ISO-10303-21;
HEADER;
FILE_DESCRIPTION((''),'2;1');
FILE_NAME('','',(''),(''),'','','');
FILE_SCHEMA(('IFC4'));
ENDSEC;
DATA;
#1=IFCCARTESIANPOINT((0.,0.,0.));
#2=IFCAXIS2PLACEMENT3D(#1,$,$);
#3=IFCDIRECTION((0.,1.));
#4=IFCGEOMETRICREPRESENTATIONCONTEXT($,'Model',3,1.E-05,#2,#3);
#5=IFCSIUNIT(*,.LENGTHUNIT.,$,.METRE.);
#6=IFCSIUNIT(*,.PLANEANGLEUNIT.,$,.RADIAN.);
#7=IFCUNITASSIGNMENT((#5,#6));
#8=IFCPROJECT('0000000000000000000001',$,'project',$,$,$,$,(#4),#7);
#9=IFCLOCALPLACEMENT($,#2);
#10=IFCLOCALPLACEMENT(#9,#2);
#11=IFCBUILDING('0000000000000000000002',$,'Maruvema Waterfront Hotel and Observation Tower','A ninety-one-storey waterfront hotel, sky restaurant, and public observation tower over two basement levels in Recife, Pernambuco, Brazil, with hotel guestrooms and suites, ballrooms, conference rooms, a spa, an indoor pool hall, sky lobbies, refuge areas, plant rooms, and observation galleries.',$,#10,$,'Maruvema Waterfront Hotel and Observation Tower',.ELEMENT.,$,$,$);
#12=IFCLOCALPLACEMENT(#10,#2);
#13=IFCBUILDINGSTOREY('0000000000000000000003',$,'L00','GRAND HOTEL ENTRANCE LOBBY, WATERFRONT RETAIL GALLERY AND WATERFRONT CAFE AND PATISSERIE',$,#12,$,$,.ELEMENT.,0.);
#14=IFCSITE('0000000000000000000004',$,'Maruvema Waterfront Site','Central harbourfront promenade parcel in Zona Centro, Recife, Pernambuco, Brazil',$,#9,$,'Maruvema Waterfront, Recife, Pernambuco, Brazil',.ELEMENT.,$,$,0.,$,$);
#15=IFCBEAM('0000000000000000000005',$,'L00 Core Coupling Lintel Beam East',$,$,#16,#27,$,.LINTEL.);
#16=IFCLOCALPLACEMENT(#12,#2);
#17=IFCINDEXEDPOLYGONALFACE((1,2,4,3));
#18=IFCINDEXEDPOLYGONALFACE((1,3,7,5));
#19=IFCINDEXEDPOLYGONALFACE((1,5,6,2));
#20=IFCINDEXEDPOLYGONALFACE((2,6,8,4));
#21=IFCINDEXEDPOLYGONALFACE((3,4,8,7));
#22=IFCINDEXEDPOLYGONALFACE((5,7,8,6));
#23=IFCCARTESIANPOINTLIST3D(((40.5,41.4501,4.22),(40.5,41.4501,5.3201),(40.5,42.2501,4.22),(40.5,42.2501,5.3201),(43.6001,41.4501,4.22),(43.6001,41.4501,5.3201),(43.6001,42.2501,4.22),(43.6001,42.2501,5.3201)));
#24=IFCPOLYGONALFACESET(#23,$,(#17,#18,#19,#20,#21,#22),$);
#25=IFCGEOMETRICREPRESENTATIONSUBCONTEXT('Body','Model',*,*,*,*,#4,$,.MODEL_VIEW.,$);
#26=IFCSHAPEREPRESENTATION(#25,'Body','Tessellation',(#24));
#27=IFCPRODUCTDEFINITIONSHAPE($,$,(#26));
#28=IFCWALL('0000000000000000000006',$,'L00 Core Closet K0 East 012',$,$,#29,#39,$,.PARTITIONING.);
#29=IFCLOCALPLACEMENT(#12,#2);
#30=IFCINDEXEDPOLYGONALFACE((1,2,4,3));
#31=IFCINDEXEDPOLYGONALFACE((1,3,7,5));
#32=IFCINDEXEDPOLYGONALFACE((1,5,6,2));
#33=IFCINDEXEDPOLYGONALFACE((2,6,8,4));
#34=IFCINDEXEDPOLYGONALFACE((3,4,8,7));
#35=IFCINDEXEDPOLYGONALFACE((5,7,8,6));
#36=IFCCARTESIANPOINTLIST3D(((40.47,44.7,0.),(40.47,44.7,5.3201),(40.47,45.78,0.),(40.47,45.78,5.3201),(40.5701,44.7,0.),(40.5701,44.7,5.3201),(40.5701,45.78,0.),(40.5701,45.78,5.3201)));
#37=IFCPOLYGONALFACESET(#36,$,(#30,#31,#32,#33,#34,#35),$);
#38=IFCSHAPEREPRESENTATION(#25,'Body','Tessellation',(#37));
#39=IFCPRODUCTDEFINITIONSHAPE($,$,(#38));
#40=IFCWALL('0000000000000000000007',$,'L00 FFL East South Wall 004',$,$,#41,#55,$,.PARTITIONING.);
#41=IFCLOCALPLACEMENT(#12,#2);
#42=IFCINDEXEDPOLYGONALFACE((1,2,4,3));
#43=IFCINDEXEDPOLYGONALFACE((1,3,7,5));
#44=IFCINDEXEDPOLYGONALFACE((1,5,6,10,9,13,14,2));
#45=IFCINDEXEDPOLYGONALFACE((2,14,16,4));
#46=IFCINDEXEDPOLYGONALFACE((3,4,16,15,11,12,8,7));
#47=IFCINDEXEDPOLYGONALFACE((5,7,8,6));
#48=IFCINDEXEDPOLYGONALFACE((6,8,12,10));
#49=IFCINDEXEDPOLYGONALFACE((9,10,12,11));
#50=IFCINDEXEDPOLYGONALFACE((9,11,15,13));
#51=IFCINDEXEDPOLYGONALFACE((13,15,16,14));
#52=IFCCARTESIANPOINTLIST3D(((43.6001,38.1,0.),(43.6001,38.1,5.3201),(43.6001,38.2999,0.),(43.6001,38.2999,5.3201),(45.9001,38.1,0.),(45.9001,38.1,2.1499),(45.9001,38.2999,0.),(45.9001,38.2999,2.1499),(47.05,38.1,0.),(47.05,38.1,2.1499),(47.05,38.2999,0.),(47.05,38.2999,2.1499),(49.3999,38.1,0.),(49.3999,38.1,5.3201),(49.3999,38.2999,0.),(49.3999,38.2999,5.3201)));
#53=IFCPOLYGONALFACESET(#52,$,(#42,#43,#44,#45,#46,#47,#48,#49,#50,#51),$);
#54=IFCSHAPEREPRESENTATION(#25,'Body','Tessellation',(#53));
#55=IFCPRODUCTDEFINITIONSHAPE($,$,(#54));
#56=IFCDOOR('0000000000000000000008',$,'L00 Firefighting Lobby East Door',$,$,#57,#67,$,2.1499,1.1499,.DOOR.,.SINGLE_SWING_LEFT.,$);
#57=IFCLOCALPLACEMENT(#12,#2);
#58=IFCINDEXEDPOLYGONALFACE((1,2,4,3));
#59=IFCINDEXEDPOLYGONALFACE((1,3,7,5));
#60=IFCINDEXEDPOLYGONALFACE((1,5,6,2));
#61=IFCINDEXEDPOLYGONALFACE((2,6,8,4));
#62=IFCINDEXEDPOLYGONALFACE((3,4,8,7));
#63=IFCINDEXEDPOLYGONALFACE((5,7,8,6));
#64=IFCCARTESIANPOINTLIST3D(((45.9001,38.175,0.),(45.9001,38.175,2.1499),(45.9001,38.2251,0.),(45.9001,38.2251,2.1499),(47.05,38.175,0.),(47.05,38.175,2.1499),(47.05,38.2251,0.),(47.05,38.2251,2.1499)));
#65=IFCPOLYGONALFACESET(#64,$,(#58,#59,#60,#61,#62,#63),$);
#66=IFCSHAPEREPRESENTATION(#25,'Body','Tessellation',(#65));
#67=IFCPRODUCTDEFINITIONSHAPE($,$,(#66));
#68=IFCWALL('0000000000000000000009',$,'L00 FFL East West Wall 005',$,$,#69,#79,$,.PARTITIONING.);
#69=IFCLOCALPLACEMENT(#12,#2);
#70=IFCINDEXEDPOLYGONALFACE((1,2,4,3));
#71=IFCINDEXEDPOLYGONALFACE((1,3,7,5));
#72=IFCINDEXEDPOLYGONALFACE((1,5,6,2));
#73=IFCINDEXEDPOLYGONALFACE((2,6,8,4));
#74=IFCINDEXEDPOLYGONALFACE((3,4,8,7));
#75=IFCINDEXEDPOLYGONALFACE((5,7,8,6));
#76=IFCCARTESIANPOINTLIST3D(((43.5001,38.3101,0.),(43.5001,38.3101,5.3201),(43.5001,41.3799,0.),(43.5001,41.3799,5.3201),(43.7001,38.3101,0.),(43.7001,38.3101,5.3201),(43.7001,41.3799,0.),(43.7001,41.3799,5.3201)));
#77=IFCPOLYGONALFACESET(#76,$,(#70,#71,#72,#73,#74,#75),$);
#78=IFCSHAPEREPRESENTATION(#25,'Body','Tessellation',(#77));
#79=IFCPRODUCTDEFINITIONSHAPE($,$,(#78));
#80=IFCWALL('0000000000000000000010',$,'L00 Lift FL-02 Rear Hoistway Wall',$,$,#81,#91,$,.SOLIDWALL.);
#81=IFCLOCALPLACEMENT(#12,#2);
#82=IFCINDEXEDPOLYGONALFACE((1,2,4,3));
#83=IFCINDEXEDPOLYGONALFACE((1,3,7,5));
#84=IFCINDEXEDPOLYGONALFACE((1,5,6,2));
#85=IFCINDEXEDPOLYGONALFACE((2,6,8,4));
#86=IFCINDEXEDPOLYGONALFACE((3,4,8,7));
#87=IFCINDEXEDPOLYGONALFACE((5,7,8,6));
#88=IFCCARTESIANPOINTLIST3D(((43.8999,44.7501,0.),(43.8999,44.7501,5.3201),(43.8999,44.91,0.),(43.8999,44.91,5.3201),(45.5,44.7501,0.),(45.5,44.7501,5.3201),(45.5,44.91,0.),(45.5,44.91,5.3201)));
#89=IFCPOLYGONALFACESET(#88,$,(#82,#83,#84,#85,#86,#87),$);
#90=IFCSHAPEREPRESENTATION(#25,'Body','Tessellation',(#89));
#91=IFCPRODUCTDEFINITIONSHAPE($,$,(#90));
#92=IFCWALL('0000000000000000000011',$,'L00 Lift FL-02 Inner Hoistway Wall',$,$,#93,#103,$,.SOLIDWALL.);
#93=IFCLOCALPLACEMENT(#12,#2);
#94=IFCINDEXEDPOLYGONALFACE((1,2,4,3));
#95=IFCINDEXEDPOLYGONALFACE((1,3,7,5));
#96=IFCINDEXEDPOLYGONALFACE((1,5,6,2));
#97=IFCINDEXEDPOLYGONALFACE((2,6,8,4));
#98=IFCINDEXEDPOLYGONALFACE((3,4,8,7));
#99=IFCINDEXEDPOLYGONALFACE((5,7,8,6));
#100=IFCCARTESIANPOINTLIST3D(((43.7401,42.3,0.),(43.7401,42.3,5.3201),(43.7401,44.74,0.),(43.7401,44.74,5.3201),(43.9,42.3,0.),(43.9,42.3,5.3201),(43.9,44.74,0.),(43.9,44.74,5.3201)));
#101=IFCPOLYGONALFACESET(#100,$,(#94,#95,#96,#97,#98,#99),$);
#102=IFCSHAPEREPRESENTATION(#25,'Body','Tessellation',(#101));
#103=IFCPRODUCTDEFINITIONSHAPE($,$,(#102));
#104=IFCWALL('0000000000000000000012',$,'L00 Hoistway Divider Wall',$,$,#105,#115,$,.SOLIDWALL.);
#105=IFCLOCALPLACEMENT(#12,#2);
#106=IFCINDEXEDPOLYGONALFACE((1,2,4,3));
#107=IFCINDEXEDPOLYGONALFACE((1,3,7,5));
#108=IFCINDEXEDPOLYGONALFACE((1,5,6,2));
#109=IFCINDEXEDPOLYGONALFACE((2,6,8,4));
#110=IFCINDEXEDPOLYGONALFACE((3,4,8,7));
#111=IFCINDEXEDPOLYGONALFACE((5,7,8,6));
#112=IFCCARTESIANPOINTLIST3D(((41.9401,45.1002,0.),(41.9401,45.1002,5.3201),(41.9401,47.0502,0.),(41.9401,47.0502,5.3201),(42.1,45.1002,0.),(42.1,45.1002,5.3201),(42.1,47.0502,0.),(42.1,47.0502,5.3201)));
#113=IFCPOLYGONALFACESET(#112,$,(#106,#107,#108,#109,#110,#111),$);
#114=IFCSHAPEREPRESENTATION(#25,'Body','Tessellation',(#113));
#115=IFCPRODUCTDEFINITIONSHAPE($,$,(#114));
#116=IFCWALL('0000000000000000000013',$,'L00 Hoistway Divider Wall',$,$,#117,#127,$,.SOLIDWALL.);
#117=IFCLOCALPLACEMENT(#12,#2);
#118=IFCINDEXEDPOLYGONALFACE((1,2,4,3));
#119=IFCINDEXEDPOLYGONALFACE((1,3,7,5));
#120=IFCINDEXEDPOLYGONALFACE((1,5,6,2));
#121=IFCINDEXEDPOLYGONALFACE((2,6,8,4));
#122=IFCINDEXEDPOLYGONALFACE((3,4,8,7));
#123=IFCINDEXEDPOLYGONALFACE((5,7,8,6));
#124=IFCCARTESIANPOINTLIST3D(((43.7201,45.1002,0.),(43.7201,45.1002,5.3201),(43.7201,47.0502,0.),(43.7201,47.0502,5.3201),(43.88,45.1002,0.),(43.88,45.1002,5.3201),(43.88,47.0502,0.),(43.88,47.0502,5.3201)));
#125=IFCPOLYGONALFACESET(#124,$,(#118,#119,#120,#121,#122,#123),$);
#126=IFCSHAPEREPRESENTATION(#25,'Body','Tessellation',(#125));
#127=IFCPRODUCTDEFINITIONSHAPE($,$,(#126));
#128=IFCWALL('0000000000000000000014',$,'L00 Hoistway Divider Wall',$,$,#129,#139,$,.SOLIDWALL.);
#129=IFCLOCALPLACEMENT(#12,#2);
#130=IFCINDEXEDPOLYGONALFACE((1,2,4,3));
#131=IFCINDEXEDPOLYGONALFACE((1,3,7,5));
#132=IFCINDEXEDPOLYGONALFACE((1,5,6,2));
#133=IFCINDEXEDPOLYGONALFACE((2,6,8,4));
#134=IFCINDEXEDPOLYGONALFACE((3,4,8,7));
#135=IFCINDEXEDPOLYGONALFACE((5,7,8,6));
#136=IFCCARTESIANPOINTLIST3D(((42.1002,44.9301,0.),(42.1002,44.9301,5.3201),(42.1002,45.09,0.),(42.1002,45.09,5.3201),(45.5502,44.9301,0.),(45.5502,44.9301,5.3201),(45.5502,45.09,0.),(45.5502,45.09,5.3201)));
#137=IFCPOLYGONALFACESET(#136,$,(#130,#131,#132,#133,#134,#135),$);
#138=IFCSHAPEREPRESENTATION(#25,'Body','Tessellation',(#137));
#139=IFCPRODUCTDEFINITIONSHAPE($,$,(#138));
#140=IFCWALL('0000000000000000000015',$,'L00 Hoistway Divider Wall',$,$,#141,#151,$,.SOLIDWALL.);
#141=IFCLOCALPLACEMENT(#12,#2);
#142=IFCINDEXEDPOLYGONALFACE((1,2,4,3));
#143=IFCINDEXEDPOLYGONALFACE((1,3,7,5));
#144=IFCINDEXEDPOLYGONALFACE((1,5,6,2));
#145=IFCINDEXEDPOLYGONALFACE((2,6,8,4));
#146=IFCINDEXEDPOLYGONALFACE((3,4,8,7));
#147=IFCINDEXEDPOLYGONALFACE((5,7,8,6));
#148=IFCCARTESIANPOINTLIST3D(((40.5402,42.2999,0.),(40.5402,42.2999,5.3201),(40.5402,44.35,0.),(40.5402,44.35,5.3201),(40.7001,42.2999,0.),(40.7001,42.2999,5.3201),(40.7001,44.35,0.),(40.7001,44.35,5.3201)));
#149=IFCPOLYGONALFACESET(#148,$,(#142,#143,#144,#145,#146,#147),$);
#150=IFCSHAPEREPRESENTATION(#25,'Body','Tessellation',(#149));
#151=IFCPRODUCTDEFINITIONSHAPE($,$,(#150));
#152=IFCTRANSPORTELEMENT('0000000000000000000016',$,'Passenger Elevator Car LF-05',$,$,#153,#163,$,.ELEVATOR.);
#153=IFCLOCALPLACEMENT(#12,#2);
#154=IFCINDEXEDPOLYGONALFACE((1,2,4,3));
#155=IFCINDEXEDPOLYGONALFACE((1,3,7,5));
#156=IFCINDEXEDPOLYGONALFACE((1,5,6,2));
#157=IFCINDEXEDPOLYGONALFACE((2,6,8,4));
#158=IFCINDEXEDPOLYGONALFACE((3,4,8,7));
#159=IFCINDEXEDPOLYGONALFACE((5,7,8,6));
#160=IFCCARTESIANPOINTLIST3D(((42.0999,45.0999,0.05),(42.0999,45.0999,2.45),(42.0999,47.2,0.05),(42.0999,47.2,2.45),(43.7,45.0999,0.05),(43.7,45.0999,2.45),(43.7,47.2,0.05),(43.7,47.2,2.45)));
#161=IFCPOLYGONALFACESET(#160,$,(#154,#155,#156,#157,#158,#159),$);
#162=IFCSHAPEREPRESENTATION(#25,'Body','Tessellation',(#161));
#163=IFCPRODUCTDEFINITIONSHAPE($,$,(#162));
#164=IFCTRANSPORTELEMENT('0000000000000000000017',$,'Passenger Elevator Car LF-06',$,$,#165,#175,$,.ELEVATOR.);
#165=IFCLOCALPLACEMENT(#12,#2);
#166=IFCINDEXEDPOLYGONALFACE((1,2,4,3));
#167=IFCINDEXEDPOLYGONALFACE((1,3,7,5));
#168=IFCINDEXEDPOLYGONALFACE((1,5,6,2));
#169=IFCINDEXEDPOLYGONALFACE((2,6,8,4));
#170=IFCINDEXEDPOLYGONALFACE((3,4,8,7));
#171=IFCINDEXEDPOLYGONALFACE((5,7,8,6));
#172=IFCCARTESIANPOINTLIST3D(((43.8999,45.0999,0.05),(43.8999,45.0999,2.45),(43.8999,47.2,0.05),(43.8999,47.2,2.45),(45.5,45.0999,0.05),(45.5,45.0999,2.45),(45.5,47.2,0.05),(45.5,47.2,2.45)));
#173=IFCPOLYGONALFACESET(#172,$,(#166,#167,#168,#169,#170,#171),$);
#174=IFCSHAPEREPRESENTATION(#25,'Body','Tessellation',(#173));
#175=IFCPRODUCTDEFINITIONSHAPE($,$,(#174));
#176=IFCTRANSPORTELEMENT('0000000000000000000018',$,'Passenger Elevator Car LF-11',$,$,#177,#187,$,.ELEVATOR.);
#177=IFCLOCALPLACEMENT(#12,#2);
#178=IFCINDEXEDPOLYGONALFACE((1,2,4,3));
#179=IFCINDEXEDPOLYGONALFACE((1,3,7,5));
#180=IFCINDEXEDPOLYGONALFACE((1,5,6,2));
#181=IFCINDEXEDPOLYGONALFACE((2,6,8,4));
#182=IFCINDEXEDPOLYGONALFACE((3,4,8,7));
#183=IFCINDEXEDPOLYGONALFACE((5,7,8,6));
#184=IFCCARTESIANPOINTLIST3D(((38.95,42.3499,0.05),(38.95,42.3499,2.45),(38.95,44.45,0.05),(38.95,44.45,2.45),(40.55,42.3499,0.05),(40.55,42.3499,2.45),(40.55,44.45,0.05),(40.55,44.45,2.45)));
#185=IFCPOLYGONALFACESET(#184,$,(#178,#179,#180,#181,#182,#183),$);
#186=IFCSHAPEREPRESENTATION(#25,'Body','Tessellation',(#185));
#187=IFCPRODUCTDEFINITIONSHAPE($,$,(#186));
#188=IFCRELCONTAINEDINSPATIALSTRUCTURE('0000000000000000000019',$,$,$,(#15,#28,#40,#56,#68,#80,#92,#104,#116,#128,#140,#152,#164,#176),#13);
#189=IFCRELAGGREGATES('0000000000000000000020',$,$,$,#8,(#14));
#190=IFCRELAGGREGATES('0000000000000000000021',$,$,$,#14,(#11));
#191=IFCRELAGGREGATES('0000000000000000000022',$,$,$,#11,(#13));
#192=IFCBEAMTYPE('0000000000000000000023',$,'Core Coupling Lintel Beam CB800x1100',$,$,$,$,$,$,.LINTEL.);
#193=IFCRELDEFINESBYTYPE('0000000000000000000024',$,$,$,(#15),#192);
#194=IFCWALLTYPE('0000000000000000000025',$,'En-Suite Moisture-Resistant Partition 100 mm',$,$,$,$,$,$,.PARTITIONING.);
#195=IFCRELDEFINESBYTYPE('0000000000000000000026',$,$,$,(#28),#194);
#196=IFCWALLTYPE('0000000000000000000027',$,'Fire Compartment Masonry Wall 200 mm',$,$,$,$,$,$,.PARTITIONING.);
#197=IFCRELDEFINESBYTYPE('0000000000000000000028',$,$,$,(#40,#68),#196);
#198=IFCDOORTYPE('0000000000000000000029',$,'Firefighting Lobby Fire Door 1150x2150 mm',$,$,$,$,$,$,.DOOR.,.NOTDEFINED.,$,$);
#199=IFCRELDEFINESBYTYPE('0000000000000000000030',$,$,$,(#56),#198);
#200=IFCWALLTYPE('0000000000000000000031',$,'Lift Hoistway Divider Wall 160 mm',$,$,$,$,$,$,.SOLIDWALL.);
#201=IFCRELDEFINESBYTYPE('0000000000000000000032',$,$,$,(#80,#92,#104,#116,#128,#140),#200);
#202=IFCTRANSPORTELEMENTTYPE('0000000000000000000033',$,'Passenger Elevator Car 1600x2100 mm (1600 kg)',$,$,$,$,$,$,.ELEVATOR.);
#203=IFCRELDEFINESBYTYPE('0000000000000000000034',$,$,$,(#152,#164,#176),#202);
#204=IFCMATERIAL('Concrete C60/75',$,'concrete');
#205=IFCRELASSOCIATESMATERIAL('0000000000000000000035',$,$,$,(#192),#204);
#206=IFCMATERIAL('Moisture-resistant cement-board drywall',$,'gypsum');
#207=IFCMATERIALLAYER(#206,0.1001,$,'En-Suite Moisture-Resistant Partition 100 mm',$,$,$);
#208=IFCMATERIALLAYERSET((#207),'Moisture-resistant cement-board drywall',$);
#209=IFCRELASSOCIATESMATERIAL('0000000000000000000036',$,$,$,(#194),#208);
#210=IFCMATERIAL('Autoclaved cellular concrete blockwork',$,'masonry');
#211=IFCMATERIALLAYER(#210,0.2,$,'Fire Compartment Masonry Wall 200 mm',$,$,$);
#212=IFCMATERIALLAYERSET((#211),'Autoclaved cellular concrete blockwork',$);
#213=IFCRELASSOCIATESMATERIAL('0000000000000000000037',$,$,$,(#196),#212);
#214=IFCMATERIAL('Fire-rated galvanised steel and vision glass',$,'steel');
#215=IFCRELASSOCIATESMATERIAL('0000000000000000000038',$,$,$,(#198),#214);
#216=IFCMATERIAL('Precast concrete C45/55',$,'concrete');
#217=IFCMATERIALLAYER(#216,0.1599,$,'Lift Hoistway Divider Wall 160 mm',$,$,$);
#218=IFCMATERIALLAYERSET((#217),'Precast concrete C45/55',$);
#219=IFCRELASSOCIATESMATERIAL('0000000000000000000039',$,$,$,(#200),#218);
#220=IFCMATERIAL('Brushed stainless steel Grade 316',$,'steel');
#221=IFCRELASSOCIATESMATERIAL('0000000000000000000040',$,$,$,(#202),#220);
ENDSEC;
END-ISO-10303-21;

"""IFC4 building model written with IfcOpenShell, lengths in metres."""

from ifc_helpers import new_model, si_unit, direction, frame, frame_2d, origin, origin_2d, place, context, subcontext, project, spatial, rectangle, extrude, material, layer, layer_set, material_profile, profile_set, type_object, element, fill, save


model = new_model("IFC4")

# Units and contexts
model_context = context("Model", 3, precision=1e-05, world=origin(), true_north=direction((0.0, 1.0)))
body_context = subcontext(model_context, "Body", "Model", "MODEL_VIEW")
ifc_project = project(units=[si_unit("LENGTHUNIT", "METRE"), si_unit("PLANEANGLEUNIT", "RADIAN")], contexts=[model_context])

# Site, building, storey
site_placement = place(None, origin())
site = spatial("IfcSite", under=ifc_project, at=site_placement, Name="Maruvema Waterfront Site", Description="Central harbourfront promenade parcel in Zona Centro, Recife, Pernambuco, Brazil", LongName="Maruvema Waterfront, Recife, Pernambuco, Brazil", CompositionType="ELEMENT", RefElevation=0.0)
building_placement = place(site_placement, origin())
building = spatial("IfcBuilding", under=site, at=building_placement, Name="Maruvema Waterfront Hotel and Observation Tower", Description="A ninety-one-storey waterfront hotel, sky restaurant, and public observation tower over two basement levels in Recife, Pernambuco, Brazil, with hotel guestrooms and suites, ballrooms, conference rooms, a spa, an indoor pool hall, sky lobbies, refuge areas, plant rooms, and observation galleries.", LongName="Maruvema Waterfront Hotel and Observation Tower", CompositionType="ELEMENT")
storey_placement = place(building_placement, origin())
storey = spatial("IfcBuildingStorey", under=building, at=storey_placement, Name="L00", Description="GRAND HOTEL ENTRANCE LOBBY, WATERFRONT RETAIL GALLERY AND WATERFRONT CAFE AND PATISSERIE", CompositionType="ELEMENT", Elevation=0.0)

# Beam
ifc_material_1 = material(Name="Concrete C60/75", Category="concrete")
ifc_material_profile = material_profile(ifc_material_1, rectangle(XDim=0.8, YDim=1.1001, at=origin_2d()), Name="CB800x1100")
ifc_profile_set = profile_set([ifc_material_profile], Name="Concrete C60/75")
beam_type = type_object("IfcBeamType", Name="Core Coupling Lintel Beam CB800x1100", PredefinedType="LINTEL", material=ifc_profile_set)
beam_placement = place(storey_placement, frame((40.5, 41.8501, 4.77), z_axis=(1.0, 0.0, 0.0), x_axis=(0.0, 1.0, 0.0)))
element("IfcBeam", 1, at=beam_placement, inside=storey, type_object=beam_type, Name="L00 Core Coupling Lintel Beam East", PredefinedType="LINTEL", context=body_context, shape_type="SweptSolid", body=[
    extrude(rectangle(XDim=0.8, YDim=1.1001, at=origin_2d()), origin(), (0.0, 0.0, 1.0), 3.1001),
])

# Wall
ifc_material_2 = material(Name="Moisture-resistant cement-board drywall", Category="gypsum")
ifc_layer_1 = layer(ifc_material_2, 0.1001, Name="En-Suite Moisture-Resistant Partition 100 mm")
ifc_layer_set_1 = layer_set([ifc_layer_1], Name="Moisture-resistant cement-board drywall")
wall_type_1 = type_object("IfcWallType", Name="En-Suite Moisture-Resistant Partition 100 mm", PredefinedType="PARTITIONING", material=ifc_layer_set_1)
wall_1_placement = place(storey_placement, frame((40.52, 44.7, 0.0), z_axis=(0.0, 0.0, 1.0), x_axis=(0.0, 1.0, 0.0)))
element("IfcWall", 2, at=wall_1_placement, inside=storey, type_object=wall_type_1, Name="L00 Core Closet K0 East 012", PredefinedType="PARTITIONING", context=body_context, shape_type="SweptSolid", body=[
    extrude(rectangle(XDim=1.0801, YDim=0.1001, at=frame_2d((0.54, 0.0))), origin(), (0.0, 0.0, 1.0), 5.3201),
])

# Wall, opening, door
ifc_material_3 = material(Name="Autoclaved cellular concrete blockwork", Category="masonry")
ifc_layer_2 = layer(ifc_material_3, 0.2, Name="Fire Compartment Masonry Wall 200 mm")
ifc_layer_set_2 = layer_set([ifc_layer_2], Name="Autoclaved cellular concrete blockwork")
wall_type_2 = type_object("IfcWallType", Name="Fire Compartment Masonry Wall 200 mm", PredefinedType="PARTITIONING", material=ifc_layer_set_2)
wall_2_placement = place(storey_placement, frame((43.6001, 38.2, 0.0), z_axis=(0.0, 0.0, 1.0), x_axis=(1.0, 0.0, 0.0)))
wall_2 = element("IfcWall", 3, at=wall_2_placement, inside=storey, type_object=wall_type_2, Name="L00 FFL East South Wall 004", PredefinedType="PARTITIONING", context=body_context, shape_type="SweptSolid", body=[
    extrude(rectangle(XDim=5.7998, YDim=0.2, at=frame_2d((2.8999, 0.0))), origin(), (0.0, 0.0, 1.0), 5.3201),
])
opening_1_placement = place(wall_2_placement, frame((2.3, 0.0, 0.0)))
opening_1 = element("IfcOpeningElement", 4, at=opening_1_placement, cuts=wall_2, PredefinedType="OPENING", context=body_context, shape_type="SweptSolid", body=[
    extrude(rectangle(XDim=1.1499, YDim=2.1499, at=frame_2d((0.575, 1.075))), frame((0.0, 0.1099, 0.0), z_axis=(0.0, -1.0, 0.0), x_axis=(1.0, 0.0, 0.0)), (0.0, 0.0, 1.0), 0.22),
])
ifc_material_4 = material(Name="Fire-rated galvanised steel and vision glass", Category="steel")
door_type_1 = type_object("IfcDoorType", Name="Firefighting Lobby Fire Door 1150x2150 mm", OperationType="NOTDEFINED", PredefinedType="DOOR", material=ifc_material_4)
door_1_placement = place(opening_1_placement, frame((1.1499, 0.0, 0.0), z_axis=(0.0, 0.0, 1.0), x_axis=(-1.0, 0.0, 0.0)))
door_1 = element("IfcDoor", 5, at=door_1_placement, inside=storey, type_object=door_type_1, Name="L00 Firefighting Lobby East Door", OperationType="SINGLE_SWING_LEFT", OverallHeight=2.1499, OverallWidth=1.1499, PredefinedType="DOOR", context=body_context, shape_type="SweptSolid", body=[
    extrude(rectangle(XDim=1.1499, YDim=2.1499, at=frame_2d((0.575, 1.075))), frame((0.0, 0.0249, 0.0), z_axis=(0.0, -1.0, 0.0), x_axis=(1.0, 0.0, 0.0)), (0.0, 0.0, 1.0), 0.05),
])
fill(opening_1, door_1)

# Walls
wall_3_placement = place(storey_placement, frame((43.6001, 38.3101, 0.0), z_axis=(0.0, 0.0, 1.0), x_axis=(0.0, 1.0, 0.0)))
element("IfcWall", 6, at=wall_3_placement, inside=storey, type_object=wall_type_2, Name="L00 FFL East West Wall 005", PredefinedType="PARTITIONING", context=body_context, shape_type="SweptSolid", body=[
    extrude(rectangle(XDim=3.0698, YDim=0.2, at=frame_2d((1.5349, 0.0))), origin(), (0.0, 0.0, 1.0), 5.3201),
])
ifc_material_5 = material(Name="Precast concrete C45/55", Category="concrete")
ifc_layer_3 = layer(ifc_material_5, 0.1599, Name="Lift Hoistway Divider Wall 160 mm")
ifc_layer_set_3 = layer_set([ifc_layer_3], Name="Precast concrete C45/55")
wall_type_3 = type_object("IfcWallType", Name="Lift Hoistway Divider Wall 160 mm", PredefinedType="SOLIDWALL", material=ifc_layer_set_3)
wall_4_placement = place(storey_placement, frame((43.8999, 44.8301, 0.0), z_axis=(0.0, 0.0, 1.0), x_axis=(1.0, 0.0, 0.0)))
element("IfcWall", 7, at=wall_4_placement, inside=storey, type_object=wall_type_3, Name="L00 Lift FL-02 Rear Hoistway Wall", PredefinedType="SOLIDWALL", context=body_context, shape_type="SweptSolid", body=[
    extrude(rectangle(XDim=1.6001, YDim=0.1599, at=frame_2d((0.8, 0.0))), origin(), (0.0, 0.0, 1.0), 5.3201),
])
wall_5_placement = place(storey_placement, frame((43.8201, 42.3, 0.0), z_axis=(0.0, 0.0, 1.0), x_axis=(0.0, 1.0, 0.0)))
element("IfcWall", 8, at=wall_5_placement, inside=storey, type_object=wall_type_3, Name="L00 Lift FL-02 Inner Hoistway Wall", PredefinedType="SOLIDWALL", context=body_context, shape_type="SweptSolid", body=[
    extrude(rectangle(XDim=2.4399, YDim=0.1599, at=frame_2d((1.22, 0.0))), origin(), (0.0, 0.0, 1.0), 5.3201),
])
for number, where, z_axis, x_axis, name in (
    (9, (42.02, 45.1001, 0.0), (0.0, 0.0, 1.0), (0.0, 1.0, 0.0), "L00 Hoistway Divider Wall"),
    (10, (43.8, 45.1001, 0.0), (0.0, 0.0, 1.0), (0.0, 1.0, 0.0), "L00 Hoistway Divider Wall"),
):
    element("IfcWall", number, at=place(storey_placement, frame(where, z_axis=z_axis, x_axis=x_axis)), inside=storey, type_object=wall_type_3, Name=name, PredefinedType="SOLIDWALL", context=body_context, shape_type="SweptSolid", body=[
        extrude(rectangle(XDim=1.95, YDim=0.1599, at=frame_2d((0.9751, 0.0))), origin(), (0.0, 0.0, 1.0), 5.3201),
    ])
wall_6_placement = place(storey_placement, frame((42.1001, 45.01, 0.0), z_axis=(0.0, 0.0, 1.0), x_axis=(1.0, 0.0, 0.0)))
element("IfcWall", 11, at=wall_6_placement, inside=storey, type_object=wall_type_3, Name="L00 Hoistway Divider Wall", PredefinedType="SOLIDWALL", context=body_context, shape_type="SweptSolid", body=[
    extrude(rectangle(XDim=3.45, YDim=0.1599, at=frame_2d((1.7251, 0.0))), origin(), (0.0, 0.0, 1.0), 5.3201),
])
wall_7_placement = place(storey_placement, frame((40.6201, 42.3, 0.0), z_axis=(0.0, 0.0, 1.0), x_axis=(0.0, 1.0, 0.0)))
element("IfcWall", 12, at=wall_7_placement, inside=storey, type_object=wall_type_3, Name="L00 Hoistway Divider Wall", PredefinedType="SOLIDWALL", context=body_context, shape_type="SweptSolid", body=[
    extrude(rectangle(XDim=2.05, YDim=0.1599, at=frame_2d((1.0249, 0.0))), origin(), (0.0, 0.0, 1.0), 5.3201),
])

# Transport elements
ifc_material_6 = material(Name="Brushed stainless steel Grade 316", Category="steel")
transport_element_type = type_object("IfcTransportElementType", Name="Passenger Elevator Car 1600x2100 mm (1600 kg)", PredefinedType="ELEVATOR", material=ifc_material_6)
for number, where, z_axis, x_axis, name in (
    (13, (42.8999, 46.1499, 0.05), (0.0, 0.0, 1.0), (1.0, 0.0, 0.0), "Passenger Elevator Car LF-05"),
    (14, (44.7, 46.1499, 0.05), (0.0, 0.0, 1.0), (1.0, 0.0, 0.0), "Passenger Elevator Car LF-06"),
    (15, (39.75, 43.3999, 0.05), (0.0, 0.0, 1.0), (1.0, 0.0, 0.0), "Passenger Elevator Car LF-11"),
):
    element("IfcTransportElement", number, at=place(storey_placement, frame(where, z_axis=z_axis, x_axis=x_axis)), inside=storey, type_object=transport_element_type, Name=name, PredefinedType="ELEVATOR", context=body_context, shape_type="SweptSolid", body=[
        extrude(rectangle(XDim=1.6001, YDim=2.1001, at=origin_2d()), origin(), (0.0, 0.0, 1.0), 2.3999),
    ])

save(model, "model.ifc")
